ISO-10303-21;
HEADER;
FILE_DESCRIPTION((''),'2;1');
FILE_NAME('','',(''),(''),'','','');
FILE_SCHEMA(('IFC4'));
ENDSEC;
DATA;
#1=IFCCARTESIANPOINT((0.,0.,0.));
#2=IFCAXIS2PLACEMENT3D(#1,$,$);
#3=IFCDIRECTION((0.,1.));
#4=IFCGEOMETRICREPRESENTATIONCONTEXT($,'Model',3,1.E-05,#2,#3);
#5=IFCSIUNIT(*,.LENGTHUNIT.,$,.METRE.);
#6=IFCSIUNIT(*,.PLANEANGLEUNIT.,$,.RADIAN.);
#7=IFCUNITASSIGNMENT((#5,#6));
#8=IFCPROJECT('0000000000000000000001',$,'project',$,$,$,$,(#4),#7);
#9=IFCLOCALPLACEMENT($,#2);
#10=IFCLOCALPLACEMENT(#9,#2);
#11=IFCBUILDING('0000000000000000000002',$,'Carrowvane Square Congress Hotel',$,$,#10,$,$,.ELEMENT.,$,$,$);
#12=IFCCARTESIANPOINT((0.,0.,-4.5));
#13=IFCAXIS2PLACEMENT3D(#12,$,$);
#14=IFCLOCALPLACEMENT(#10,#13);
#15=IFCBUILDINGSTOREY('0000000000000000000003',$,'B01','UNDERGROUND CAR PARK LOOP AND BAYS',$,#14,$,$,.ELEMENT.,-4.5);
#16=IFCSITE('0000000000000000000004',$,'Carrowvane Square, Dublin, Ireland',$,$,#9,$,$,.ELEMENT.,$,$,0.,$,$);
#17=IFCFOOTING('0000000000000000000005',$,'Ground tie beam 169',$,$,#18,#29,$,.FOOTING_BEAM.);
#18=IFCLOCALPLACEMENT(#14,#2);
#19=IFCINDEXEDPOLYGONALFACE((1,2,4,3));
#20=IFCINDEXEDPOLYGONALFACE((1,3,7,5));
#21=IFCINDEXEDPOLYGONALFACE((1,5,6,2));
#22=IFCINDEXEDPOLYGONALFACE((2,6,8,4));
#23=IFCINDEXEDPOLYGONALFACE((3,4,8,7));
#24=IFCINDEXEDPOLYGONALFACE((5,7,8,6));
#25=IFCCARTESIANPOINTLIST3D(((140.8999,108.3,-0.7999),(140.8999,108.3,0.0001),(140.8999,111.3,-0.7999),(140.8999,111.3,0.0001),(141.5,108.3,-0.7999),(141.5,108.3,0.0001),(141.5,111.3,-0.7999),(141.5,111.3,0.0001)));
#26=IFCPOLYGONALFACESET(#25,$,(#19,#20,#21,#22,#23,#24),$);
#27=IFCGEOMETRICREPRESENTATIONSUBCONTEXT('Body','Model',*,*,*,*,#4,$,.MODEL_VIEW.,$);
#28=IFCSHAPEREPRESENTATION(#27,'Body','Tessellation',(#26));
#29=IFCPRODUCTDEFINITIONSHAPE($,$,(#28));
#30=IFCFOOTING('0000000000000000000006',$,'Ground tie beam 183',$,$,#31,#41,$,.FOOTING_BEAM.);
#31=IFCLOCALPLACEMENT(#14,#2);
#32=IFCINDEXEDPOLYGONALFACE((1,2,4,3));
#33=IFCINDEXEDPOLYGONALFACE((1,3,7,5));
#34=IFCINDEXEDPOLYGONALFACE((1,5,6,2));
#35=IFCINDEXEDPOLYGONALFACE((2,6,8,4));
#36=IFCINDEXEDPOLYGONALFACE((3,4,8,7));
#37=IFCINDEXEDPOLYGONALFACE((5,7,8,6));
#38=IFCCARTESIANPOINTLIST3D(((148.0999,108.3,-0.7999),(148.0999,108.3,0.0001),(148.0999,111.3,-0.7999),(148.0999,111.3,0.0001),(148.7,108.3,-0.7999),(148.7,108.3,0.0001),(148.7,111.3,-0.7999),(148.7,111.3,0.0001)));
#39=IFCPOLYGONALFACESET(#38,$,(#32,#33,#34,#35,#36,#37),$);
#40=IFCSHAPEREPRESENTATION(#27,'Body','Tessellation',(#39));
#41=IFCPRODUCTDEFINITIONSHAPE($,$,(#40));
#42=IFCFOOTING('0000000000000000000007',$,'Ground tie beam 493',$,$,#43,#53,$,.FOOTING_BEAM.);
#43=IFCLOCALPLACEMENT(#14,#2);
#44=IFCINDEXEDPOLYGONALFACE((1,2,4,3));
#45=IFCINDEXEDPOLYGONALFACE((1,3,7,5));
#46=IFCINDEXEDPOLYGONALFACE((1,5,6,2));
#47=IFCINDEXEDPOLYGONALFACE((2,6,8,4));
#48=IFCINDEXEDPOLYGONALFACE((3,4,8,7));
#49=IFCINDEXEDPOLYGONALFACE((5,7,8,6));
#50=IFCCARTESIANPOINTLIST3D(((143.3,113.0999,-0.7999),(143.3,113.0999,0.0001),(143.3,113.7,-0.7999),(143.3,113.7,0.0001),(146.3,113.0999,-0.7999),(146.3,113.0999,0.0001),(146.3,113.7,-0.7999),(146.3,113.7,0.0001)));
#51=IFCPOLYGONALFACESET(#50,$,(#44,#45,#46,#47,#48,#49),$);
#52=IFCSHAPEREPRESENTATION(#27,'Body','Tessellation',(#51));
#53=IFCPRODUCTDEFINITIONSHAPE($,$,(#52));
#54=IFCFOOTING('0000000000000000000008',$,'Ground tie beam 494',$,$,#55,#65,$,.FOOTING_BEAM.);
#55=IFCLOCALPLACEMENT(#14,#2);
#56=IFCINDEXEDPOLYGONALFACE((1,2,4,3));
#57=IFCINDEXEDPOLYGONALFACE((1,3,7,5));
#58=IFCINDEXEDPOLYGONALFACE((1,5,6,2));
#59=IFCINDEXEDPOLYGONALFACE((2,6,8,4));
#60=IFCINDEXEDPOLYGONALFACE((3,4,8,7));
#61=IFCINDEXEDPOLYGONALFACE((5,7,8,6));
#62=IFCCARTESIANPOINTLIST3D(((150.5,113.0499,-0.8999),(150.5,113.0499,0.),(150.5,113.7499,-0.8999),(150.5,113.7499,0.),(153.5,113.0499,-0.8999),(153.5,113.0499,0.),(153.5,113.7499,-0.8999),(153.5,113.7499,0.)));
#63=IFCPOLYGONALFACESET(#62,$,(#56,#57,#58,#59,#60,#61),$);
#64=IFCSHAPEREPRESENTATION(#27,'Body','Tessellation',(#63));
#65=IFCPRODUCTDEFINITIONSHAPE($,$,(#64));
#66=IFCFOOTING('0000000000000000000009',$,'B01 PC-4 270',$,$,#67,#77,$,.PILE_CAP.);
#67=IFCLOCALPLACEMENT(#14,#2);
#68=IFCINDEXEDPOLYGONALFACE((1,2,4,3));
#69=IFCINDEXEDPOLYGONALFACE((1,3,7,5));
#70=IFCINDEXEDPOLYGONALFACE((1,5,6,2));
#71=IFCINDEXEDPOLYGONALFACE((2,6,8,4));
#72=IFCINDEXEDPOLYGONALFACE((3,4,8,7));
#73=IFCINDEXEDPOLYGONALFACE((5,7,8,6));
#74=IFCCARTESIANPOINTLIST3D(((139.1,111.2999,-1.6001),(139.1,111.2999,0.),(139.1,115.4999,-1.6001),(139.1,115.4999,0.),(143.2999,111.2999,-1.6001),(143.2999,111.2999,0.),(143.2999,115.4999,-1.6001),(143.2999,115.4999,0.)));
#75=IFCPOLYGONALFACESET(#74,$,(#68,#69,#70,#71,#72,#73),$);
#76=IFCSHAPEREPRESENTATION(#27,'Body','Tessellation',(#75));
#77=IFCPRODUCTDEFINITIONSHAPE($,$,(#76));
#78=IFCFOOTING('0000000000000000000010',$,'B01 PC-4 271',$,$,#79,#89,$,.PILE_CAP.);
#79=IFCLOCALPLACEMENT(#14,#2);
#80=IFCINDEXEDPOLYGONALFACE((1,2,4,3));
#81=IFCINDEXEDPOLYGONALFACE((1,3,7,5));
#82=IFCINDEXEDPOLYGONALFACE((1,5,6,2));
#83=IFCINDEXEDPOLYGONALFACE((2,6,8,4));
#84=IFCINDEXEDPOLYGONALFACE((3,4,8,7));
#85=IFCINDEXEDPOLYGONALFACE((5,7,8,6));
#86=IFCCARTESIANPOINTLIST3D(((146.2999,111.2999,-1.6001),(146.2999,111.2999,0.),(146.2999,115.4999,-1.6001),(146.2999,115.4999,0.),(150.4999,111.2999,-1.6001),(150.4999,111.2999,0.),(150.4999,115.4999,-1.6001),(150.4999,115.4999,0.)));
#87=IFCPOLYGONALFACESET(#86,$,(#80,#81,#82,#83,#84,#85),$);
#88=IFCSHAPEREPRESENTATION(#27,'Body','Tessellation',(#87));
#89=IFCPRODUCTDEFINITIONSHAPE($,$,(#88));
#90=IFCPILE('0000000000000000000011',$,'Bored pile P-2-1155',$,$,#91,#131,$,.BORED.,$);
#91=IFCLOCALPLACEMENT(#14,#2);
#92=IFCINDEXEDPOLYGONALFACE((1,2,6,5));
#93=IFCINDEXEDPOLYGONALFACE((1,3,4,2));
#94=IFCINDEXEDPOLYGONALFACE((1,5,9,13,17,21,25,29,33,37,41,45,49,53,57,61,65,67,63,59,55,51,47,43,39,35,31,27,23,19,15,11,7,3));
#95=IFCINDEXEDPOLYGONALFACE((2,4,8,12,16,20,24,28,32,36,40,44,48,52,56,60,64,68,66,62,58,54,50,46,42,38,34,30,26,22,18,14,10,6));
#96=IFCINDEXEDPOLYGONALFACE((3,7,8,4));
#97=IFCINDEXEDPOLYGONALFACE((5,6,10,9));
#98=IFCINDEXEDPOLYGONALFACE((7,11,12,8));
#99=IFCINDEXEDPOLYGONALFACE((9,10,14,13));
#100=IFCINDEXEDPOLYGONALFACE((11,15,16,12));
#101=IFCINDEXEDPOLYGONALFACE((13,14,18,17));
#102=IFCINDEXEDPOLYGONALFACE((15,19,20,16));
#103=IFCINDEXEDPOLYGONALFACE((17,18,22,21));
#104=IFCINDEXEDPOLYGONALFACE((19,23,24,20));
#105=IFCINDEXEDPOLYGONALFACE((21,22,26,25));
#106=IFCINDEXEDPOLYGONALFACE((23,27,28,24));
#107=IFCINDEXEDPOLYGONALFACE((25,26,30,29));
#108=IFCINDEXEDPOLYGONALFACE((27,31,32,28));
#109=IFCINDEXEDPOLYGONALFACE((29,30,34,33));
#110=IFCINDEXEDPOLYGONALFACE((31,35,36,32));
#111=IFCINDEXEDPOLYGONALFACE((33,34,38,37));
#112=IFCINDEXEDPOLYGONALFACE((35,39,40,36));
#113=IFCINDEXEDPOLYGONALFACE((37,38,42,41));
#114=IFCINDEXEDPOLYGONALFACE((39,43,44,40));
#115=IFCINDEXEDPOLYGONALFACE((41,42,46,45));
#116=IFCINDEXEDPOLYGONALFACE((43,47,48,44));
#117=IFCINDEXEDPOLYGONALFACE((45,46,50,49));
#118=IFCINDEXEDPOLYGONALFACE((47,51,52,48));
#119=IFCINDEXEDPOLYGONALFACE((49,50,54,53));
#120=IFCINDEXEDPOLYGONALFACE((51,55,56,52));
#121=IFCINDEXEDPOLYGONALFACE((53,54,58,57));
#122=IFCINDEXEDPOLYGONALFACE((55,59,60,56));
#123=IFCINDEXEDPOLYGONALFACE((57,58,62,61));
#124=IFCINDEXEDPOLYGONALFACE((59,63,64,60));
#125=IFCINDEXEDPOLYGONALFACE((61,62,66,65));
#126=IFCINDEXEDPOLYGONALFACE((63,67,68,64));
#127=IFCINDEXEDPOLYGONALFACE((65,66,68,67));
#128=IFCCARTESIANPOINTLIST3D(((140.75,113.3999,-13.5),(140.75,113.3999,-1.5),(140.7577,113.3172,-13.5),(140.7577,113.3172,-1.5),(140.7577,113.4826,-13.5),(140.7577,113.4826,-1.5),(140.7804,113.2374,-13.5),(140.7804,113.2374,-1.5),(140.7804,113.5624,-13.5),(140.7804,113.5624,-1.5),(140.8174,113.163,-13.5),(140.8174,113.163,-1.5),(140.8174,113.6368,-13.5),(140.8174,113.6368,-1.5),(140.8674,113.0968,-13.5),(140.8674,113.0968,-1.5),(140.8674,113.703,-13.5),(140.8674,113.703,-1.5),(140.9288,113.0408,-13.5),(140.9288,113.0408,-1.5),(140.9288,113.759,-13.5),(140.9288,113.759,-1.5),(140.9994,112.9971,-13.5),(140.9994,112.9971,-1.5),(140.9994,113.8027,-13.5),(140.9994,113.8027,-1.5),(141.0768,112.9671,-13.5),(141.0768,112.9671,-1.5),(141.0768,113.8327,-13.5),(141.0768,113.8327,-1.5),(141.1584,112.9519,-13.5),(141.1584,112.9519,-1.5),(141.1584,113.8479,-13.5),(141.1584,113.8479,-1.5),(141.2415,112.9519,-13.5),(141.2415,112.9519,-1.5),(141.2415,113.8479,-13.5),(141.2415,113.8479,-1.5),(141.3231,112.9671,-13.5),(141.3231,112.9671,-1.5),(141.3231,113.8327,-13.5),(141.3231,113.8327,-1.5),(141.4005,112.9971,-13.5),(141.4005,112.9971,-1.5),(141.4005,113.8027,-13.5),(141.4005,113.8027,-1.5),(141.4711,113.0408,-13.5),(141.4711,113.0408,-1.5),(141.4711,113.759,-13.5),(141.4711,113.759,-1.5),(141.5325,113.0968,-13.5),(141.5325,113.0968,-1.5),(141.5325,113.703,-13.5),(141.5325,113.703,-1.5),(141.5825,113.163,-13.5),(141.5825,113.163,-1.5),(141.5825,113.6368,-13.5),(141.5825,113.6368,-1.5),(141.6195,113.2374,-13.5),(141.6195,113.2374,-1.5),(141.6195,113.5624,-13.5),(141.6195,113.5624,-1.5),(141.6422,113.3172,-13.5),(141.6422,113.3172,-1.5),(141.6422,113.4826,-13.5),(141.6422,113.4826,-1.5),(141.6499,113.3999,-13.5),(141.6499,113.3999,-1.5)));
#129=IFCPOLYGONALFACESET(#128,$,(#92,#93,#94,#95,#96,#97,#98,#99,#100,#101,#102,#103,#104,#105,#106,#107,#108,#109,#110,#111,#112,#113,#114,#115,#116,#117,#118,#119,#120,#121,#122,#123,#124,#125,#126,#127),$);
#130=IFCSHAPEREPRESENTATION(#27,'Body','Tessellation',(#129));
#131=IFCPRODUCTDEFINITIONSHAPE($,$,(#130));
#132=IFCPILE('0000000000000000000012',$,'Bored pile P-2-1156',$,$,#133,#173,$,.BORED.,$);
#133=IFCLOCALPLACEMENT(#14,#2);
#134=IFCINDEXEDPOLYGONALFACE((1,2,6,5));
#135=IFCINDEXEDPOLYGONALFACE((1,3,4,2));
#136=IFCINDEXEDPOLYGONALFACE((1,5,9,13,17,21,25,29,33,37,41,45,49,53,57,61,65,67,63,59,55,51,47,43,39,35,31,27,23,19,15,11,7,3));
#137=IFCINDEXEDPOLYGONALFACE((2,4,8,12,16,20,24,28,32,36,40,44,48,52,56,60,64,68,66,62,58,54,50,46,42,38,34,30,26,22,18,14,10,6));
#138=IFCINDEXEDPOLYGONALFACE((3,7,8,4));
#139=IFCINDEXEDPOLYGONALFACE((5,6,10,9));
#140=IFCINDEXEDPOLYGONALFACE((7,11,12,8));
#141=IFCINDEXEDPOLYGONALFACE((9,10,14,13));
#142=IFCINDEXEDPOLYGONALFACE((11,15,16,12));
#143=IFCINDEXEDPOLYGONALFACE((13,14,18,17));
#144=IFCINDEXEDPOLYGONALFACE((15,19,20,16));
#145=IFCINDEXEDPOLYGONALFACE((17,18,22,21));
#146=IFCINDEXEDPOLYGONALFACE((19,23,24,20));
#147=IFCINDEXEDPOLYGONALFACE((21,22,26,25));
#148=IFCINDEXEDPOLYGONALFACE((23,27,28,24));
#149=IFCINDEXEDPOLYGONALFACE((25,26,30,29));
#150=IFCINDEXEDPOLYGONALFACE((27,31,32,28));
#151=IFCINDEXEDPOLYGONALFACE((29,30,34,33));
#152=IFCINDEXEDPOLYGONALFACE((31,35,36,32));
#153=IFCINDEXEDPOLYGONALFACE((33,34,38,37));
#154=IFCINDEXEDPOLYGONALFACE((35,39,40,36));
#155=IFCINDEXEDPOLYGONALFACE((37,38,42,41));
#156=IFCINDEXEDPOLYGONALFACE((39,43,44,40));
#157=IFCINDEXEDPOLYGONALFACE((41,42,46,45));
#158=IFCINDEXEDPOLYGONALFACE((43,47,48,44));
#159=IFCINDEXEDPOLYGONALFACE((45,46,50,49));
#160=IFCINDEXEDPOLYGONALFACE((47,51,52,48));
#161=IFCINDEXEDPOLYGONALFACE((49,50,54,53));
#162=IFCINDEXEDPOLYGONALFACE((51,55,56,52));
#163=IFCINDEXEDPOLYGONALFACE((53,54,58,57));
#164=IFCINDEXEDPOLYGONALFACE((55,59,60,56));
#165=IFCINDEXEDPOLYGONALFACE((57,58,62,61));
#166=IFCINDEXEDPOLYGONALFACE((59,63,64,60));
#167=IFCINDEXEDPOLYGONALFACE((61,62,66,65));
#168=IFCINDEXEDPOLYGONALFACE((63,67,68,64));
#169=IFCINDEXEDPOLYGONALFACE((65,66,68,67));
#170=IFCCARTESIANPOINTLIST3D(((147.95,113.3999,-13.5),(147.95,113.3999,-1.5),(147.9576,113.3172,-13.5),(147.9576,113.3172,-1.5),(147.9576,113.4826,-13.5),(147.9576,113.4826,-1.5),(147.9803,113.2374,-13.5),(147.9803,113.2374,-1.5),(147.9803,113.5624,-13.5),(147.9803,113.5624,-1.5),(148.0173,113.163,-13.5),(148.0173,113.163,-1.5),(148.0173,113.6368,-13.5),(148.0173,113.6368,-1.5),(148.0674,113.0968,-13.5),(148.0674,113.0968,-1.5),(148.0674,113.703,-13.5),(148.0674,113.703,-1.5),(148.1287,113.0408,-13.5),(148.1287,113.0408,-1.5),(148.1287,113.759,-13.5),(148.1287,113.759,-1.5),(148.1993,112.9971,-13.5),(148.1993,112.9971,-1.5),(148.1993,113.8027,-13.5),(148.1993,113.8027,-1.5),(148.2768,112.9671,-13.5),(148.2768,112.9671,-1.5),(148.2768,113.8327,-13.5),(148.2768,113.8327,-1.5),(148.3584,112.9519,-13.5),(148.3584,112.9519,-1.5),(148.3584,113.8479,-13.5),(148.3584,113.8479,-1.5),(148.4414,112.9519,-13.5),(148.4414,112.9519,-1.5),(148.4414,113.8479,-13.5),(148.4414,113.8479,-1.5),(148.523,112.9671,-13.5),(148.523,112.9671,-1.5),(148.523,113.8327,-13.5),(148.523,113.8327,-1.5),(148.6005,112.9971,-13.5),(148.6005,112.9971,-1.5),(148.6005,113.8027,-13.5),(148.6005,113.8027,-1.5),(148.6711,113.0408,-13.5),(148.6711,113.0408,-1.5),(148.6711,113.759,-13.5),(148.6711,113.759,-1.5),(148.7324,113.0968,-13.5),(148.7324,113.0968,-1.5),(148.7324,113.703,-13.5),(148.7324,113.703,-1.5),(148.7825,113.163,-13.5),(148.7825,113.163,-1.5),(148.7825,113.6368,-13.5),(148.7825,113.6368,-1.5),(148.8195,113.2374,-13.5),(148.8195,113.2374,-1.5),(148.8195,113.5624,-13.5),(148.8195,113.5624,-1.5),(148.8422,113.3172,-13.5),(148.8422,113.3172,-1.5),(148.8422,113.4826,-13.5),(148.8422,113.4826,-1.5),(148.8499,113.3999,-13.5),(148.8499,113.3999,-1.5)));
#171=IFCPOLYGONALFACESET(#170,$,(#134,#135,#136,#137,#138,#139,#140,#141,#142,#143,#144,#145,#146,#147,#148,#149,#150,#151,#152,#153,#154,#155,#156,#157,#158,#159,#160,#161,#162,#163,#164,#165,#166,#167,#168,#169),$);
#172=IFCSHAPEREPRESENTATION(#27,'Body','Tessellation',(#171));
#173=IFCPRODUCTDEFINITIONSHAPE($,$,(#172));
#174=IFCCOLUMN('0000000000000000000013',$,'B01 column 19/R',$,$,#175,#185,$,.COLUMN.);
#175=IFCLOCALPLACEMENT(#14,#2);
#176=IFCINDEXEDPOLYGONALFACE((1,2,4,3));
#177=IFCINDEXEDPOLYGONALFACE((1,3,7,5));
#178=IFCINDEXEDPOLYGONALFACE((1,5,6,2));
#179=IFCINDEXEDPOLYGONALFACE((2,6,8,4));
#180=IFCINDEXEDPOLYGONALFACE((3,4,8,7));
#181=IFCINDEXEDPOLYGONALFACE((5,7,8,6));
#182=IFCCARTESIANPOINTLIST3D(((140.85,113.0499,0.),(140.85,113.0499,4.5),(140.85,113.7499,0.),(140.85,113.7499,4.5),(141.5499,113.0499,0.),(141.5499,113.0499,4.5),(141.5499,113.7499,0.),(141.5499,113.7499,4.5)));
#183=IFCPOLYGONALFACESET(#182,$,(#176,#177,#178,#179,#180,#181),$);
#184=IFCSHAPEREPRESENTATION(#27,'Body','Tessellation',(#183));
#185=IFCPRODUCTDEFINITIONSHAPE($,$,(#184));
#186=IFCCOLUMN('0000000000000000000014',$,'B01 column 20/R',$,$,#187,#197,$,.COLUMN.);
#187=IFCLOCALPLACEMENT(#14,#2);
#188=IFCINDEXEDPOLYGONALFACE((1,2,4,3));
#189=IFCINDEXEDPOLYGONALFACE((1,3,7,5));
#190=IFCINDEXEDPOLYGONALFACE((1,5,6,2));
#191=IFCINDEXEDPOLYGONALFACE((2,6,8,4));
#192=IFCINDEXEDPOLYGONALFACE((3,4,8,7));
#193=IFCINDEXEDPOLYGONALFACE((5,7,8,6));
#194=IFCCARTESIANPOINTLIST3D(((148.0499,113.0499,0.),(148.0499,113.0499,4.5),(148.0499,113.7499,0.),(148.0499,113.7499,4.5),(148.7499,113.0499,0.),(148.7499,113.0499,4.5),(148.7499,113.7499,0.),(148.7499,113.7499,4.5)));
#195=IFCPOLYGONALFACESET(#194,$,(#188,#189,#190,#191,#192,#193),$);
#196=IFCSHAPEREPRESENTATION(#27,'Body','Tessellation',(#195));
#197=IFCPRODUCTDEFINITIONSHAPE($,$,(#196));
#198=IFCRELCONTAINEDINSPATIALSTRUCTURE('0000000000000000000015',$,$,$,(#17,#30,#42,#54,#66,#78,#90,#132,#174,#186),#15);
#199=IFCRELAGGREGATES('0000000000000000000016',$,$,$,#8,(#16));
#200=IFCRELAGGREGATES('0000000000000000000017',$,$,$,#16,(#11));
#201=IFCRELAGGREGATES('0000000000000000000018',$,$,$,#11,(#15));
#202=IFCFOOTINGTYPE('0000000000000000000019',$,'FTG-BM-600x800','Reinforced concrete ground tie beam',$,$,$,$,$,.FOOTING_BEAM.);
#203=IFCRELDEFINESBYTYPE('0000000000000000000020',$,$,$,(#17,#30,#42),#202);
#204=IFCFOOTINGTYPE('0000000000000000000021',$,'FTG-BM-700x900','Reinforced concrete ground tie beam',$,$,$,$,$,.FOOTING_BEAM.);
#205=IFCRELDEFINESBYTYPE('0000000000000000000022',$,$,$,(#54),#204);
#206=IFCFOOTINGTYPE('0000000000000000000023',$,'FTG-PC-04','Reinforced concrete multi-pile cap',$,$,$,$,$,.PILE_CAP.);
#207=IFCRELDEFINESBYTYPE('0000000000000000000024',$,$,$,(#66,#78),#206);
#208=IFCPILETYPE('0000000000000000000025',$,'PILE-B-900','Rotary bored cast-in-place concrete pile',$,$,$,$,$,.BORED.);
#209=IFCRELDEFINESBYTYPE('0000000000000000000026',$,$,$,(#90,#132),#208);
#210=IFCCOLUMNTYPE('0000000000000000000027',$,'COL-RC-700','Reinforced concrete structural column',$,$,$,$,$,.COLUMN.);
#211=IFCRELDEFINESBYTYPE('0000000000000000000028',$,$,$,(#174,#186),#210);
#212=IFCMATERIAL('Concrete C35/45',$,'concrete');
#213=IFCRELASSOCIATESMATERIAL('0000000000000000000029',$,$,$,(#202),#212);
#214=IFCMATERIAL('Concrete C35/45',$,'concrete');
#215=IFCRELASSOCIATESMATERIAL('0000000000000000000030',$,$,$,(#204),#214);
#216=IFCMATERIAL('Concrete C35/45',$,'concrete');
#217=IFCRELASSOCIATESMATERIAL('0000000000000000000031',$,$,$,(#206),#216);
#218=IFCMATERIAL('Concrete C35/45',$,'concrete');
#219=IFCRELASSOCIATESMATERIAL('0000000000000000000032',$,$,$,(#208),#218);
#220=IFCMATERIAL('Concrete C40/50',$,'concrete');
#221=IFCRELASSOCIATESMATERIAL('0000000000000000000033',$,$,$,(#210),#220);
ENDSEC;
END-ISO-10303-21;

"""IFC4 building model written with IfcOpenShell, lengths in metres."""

from ifc_helpers import new_model, si_unit, direction, frame, origin, origin_2d, place, context, subcontext, project, spatial, rectangle, circle, extrude, material, material_profile, profile_set, type_object, element, save


model = new_model("IFC4")

# Units and contexts
model_context = context("Model", 3, precision=1e-05, world=origin(), true_north=direction((0.0, 1.0)))
body_context = subcontext(model_context, "Body", "Model", "MODEL_VIEW")
ifc_project = project(units=[si_unit("LENGTHUNIT", "METRE"), si_unit("PLANEANGLEUNIT", "RADIAN")], contexts=[model_context])

# Site, building, storey
site_placement = place(None, origin())
site = spatial("IfcSite", under=ifc_project, at=site_placement, Name="Carrowvane Square, Dublin, Ireland", CompositionType="ELEMENT", RefElevation=0.0)
building_placement = place(site_placement, origin())
building = spatial("IfcBuilding", under=site, at=building_placement, Name="Carrowvane Square Congress Hotel", CompositionType="ELEMENT")
storey_placement = place(building_placement, frame((0.0, 0.0, -4.5)))
storey = spatial("IfcBuildingStorey", under=building, at=storey_placement, Name="B01", Description="UNDERGROUND CAR PARK LOOP AND BAYS", CompositionType="ELEMENT", Elevation=-4.5)

# Footings
ifc_material_1 = material(Name="Concrete C35/45", Category="concrete")
ifc_material_profile_1 = material_profile(ifc_material_1, rectangle(XDim=0.6001, YDim=0.8, at=origin_2d()), Name="RC 600x800")
ifc_profile_set_1 = profile_set([ifc_material_profile_1], Name="Concrete C35/45")
footing_type_1 = type_object("IfcFootingType", Name="FTG-BM-600x800", Description="Reinforced concrete ground tie beam", PredefinedType="FOOTING_BEAM", material=ifc_profile_set_1)
for number, where, z_axis, x_axis, name in (
    (1, (141.2, 108.3, -0.3999), (0.0, 1.0, 0.0), (-1.0, 0.0, 0.0), "Ground tie beam 169"),
    (2, (148.3999, 108.3, -0.3999), (0.0, 1.0, 0.0), (-1.0, 0.0, 0.0), "Ground tie beam 183"),
    (3, (143.3, 113.3999, -0.3999), (1.0, 0.0, 0.0), (0.0, 1.0, 0.0), "Ground tie beam 493"),
):
    element("IfcFooting", number, at=place(storey_placement, frame(where, z_axis=z_axis, x_axis=x_axis)), inside=storey, type_object=footing_type_1, Name=name, PredefinedType="FOOTING_BEAM", context=body_context, shape_type="SweptSolid", body=[
        extrude(rectangle(XDim=0.6001, YDim=0.8, at=origin_2d()), origin(), (0.0, 0.0, 1.0), 3.0),
    ])
ifc_material_2 = material(Name="Concrete C35/45", Category="concrete")
ifc_material_profile_2 = material_profile(ifc_material_2, rectangle(XDim=0.7, YDim=0.8999, at=origin_2d()), Name="RC 700x900")
ifc_profile_set_2 = profile_set([ifc_material_profile_2], Name="Concrete C35/45")
footing_type_2 = type_object("IfcFootingType", Name="FTG-BM-700x900", Description="Reinforced concrete ground tie beam", PredefinedType="FOOTING_BEAM", material=ifc_profile_set_2)
footing_placement = place(storey_placement, frame((150.5, 113.3999, -0.45), z_axis=(1.0, 0.0, 0.0), x_axis=(0.0, 1.0, 0.0)))
element("IfcFooting", 4, at=footing_placement, inside=storey, type_object=footing_type_2, Name="Ground tie beam 494", PredefinedType="FOOTING_BEAM", context=body_context, shape_type="SweptSolid", body=[
    extrude(rectangle(XDim=0.7, YDim=0.8999, at=origin_2d()), origin(), (0.0, 0.0, 1.0), 3.0),
])
ifc_material_3 = material(Name="Concrete C35/45", Category="concrete")
footing_type_3 = type_object("IfcFootingType", Name="FTG-PC-04", Description="Reinforced concrete multi-pile cap", PredefinedType="PILE_CAP", material=ifc_material_3)
for number, where, z_axis, x_axis, name in (
    (5, (141.2, 113.3999, -1.6001), (0.0, 0.0, 1.0), (1.0, 0.0, 0.0), "B01 PC-4 270"),
    (6, (148.3999, 113.3999, -1.6001), (0.0, 0.0, 1.0), (1.0, 0.0, 0.0), "B01 PC-4 271"),
):
    element("IfcFooting", number, at=place(storey_placement, frame(where, z_axis=z_axis, x_axis=x_axis)), inside=storey, type_object=footing_type_3, Name=name, PredefinedType="PILE_CAP", context=body_context, shape_type="SweptSolid", body=[
        extrude(rectangle(XDim=4.2, YDim=4.2, at=origin_2d()), origin(), (0.0, 0.0, 1.0), 1.6001),
    ])

# Piles
ifc_material_4 = material(Name="Concrete C35/45", Category="concrete")
ifc_material_profile_3 = material_profile(ifc_material_4, circle(Radius=0.45, at=origin_2d()), Name="PILE D900")
ifc_profile_set_3 = profile_set([ifc_material_profile_3], Name="Concrete C35/45")
pile_type = type_object("IfcPileType", Name="PILE-B-900", Description="Rotary bored cast-in-place concrete pile", PredefinedType="BORED", material=ifc_profile_set_3)
for number, where, z_axis, x_axis, name in (
    (7, (141.2, 113.3999, -1.5), (0.0, 0.0, -1.0), (1.0, 0.0, 0.0), "Bored pile P-2-1155"),
    (8, (148.3999, 113.3999, -1.5), (0.0, 0.0, -1.0), (1.0, 0.0, 0.0), "Bored pile P-2-1156"),
):
    element("IfcPile", number, at=place(storey_placement, frame(where, z_axis=z_axis, x_axis=x_axis)), inside=storey, type_object=pile_type, Name=name, PredefinedType="BORED", context=body_context, shape_type="SweptSolid", body=[
        extrude(circle(Radius=0.45, at=origin_2d()), origin(), (0.0, 0.0, 1.0), 12.0),
    ])

# Columns
ifc_material_5 = material(Name="Concrete C40/50", Category="concrete")
ifc_material_profile_4 = material_profile(ifc_material_5, rectangle(XDim=0.7, YDim=0.7, at=origin_2d()), Name="RC 700x700")
ifc_profile_set_4 = profile_set([ifc_material_profile_4], Name="Concrete C40/50")
column_type = type_object("IfcColumnType", Name="COL-RC-700", Description="Reinforced concrete structural column", PredefinedType="COLUMN", material=ifc_profile_set_4)
for number, where, z_axis, x_axis, name in (
    (9, (141.2, 113.3999, 0.0), (0.0, 0.0, 1.0), (1.0, 0.0, 0.0), "B01 column 19/R"),
    (10, (148.3999, 113.3999, 0.0), (0.0, 0.0, 1.0), (1.0, 0.0, 0.0), "B01 column 20/R"),
):
    element("IfcColumn", number, at=place(storey_placement, frame(where, z_axis=z_axis, x_axis=x_axis)), inside=storey, type_object=column_type, Name=name, PredefinedType="COLUMN", context=body_context, shape_type="SweptSolid", body=[
        extrude(rectangle(XDim=0.7, YDim=0.7, at=origin_2d()), origin(), (0.0, 0.0, 1.0), 4.5),
    ])

save(model, "model.ifc")
